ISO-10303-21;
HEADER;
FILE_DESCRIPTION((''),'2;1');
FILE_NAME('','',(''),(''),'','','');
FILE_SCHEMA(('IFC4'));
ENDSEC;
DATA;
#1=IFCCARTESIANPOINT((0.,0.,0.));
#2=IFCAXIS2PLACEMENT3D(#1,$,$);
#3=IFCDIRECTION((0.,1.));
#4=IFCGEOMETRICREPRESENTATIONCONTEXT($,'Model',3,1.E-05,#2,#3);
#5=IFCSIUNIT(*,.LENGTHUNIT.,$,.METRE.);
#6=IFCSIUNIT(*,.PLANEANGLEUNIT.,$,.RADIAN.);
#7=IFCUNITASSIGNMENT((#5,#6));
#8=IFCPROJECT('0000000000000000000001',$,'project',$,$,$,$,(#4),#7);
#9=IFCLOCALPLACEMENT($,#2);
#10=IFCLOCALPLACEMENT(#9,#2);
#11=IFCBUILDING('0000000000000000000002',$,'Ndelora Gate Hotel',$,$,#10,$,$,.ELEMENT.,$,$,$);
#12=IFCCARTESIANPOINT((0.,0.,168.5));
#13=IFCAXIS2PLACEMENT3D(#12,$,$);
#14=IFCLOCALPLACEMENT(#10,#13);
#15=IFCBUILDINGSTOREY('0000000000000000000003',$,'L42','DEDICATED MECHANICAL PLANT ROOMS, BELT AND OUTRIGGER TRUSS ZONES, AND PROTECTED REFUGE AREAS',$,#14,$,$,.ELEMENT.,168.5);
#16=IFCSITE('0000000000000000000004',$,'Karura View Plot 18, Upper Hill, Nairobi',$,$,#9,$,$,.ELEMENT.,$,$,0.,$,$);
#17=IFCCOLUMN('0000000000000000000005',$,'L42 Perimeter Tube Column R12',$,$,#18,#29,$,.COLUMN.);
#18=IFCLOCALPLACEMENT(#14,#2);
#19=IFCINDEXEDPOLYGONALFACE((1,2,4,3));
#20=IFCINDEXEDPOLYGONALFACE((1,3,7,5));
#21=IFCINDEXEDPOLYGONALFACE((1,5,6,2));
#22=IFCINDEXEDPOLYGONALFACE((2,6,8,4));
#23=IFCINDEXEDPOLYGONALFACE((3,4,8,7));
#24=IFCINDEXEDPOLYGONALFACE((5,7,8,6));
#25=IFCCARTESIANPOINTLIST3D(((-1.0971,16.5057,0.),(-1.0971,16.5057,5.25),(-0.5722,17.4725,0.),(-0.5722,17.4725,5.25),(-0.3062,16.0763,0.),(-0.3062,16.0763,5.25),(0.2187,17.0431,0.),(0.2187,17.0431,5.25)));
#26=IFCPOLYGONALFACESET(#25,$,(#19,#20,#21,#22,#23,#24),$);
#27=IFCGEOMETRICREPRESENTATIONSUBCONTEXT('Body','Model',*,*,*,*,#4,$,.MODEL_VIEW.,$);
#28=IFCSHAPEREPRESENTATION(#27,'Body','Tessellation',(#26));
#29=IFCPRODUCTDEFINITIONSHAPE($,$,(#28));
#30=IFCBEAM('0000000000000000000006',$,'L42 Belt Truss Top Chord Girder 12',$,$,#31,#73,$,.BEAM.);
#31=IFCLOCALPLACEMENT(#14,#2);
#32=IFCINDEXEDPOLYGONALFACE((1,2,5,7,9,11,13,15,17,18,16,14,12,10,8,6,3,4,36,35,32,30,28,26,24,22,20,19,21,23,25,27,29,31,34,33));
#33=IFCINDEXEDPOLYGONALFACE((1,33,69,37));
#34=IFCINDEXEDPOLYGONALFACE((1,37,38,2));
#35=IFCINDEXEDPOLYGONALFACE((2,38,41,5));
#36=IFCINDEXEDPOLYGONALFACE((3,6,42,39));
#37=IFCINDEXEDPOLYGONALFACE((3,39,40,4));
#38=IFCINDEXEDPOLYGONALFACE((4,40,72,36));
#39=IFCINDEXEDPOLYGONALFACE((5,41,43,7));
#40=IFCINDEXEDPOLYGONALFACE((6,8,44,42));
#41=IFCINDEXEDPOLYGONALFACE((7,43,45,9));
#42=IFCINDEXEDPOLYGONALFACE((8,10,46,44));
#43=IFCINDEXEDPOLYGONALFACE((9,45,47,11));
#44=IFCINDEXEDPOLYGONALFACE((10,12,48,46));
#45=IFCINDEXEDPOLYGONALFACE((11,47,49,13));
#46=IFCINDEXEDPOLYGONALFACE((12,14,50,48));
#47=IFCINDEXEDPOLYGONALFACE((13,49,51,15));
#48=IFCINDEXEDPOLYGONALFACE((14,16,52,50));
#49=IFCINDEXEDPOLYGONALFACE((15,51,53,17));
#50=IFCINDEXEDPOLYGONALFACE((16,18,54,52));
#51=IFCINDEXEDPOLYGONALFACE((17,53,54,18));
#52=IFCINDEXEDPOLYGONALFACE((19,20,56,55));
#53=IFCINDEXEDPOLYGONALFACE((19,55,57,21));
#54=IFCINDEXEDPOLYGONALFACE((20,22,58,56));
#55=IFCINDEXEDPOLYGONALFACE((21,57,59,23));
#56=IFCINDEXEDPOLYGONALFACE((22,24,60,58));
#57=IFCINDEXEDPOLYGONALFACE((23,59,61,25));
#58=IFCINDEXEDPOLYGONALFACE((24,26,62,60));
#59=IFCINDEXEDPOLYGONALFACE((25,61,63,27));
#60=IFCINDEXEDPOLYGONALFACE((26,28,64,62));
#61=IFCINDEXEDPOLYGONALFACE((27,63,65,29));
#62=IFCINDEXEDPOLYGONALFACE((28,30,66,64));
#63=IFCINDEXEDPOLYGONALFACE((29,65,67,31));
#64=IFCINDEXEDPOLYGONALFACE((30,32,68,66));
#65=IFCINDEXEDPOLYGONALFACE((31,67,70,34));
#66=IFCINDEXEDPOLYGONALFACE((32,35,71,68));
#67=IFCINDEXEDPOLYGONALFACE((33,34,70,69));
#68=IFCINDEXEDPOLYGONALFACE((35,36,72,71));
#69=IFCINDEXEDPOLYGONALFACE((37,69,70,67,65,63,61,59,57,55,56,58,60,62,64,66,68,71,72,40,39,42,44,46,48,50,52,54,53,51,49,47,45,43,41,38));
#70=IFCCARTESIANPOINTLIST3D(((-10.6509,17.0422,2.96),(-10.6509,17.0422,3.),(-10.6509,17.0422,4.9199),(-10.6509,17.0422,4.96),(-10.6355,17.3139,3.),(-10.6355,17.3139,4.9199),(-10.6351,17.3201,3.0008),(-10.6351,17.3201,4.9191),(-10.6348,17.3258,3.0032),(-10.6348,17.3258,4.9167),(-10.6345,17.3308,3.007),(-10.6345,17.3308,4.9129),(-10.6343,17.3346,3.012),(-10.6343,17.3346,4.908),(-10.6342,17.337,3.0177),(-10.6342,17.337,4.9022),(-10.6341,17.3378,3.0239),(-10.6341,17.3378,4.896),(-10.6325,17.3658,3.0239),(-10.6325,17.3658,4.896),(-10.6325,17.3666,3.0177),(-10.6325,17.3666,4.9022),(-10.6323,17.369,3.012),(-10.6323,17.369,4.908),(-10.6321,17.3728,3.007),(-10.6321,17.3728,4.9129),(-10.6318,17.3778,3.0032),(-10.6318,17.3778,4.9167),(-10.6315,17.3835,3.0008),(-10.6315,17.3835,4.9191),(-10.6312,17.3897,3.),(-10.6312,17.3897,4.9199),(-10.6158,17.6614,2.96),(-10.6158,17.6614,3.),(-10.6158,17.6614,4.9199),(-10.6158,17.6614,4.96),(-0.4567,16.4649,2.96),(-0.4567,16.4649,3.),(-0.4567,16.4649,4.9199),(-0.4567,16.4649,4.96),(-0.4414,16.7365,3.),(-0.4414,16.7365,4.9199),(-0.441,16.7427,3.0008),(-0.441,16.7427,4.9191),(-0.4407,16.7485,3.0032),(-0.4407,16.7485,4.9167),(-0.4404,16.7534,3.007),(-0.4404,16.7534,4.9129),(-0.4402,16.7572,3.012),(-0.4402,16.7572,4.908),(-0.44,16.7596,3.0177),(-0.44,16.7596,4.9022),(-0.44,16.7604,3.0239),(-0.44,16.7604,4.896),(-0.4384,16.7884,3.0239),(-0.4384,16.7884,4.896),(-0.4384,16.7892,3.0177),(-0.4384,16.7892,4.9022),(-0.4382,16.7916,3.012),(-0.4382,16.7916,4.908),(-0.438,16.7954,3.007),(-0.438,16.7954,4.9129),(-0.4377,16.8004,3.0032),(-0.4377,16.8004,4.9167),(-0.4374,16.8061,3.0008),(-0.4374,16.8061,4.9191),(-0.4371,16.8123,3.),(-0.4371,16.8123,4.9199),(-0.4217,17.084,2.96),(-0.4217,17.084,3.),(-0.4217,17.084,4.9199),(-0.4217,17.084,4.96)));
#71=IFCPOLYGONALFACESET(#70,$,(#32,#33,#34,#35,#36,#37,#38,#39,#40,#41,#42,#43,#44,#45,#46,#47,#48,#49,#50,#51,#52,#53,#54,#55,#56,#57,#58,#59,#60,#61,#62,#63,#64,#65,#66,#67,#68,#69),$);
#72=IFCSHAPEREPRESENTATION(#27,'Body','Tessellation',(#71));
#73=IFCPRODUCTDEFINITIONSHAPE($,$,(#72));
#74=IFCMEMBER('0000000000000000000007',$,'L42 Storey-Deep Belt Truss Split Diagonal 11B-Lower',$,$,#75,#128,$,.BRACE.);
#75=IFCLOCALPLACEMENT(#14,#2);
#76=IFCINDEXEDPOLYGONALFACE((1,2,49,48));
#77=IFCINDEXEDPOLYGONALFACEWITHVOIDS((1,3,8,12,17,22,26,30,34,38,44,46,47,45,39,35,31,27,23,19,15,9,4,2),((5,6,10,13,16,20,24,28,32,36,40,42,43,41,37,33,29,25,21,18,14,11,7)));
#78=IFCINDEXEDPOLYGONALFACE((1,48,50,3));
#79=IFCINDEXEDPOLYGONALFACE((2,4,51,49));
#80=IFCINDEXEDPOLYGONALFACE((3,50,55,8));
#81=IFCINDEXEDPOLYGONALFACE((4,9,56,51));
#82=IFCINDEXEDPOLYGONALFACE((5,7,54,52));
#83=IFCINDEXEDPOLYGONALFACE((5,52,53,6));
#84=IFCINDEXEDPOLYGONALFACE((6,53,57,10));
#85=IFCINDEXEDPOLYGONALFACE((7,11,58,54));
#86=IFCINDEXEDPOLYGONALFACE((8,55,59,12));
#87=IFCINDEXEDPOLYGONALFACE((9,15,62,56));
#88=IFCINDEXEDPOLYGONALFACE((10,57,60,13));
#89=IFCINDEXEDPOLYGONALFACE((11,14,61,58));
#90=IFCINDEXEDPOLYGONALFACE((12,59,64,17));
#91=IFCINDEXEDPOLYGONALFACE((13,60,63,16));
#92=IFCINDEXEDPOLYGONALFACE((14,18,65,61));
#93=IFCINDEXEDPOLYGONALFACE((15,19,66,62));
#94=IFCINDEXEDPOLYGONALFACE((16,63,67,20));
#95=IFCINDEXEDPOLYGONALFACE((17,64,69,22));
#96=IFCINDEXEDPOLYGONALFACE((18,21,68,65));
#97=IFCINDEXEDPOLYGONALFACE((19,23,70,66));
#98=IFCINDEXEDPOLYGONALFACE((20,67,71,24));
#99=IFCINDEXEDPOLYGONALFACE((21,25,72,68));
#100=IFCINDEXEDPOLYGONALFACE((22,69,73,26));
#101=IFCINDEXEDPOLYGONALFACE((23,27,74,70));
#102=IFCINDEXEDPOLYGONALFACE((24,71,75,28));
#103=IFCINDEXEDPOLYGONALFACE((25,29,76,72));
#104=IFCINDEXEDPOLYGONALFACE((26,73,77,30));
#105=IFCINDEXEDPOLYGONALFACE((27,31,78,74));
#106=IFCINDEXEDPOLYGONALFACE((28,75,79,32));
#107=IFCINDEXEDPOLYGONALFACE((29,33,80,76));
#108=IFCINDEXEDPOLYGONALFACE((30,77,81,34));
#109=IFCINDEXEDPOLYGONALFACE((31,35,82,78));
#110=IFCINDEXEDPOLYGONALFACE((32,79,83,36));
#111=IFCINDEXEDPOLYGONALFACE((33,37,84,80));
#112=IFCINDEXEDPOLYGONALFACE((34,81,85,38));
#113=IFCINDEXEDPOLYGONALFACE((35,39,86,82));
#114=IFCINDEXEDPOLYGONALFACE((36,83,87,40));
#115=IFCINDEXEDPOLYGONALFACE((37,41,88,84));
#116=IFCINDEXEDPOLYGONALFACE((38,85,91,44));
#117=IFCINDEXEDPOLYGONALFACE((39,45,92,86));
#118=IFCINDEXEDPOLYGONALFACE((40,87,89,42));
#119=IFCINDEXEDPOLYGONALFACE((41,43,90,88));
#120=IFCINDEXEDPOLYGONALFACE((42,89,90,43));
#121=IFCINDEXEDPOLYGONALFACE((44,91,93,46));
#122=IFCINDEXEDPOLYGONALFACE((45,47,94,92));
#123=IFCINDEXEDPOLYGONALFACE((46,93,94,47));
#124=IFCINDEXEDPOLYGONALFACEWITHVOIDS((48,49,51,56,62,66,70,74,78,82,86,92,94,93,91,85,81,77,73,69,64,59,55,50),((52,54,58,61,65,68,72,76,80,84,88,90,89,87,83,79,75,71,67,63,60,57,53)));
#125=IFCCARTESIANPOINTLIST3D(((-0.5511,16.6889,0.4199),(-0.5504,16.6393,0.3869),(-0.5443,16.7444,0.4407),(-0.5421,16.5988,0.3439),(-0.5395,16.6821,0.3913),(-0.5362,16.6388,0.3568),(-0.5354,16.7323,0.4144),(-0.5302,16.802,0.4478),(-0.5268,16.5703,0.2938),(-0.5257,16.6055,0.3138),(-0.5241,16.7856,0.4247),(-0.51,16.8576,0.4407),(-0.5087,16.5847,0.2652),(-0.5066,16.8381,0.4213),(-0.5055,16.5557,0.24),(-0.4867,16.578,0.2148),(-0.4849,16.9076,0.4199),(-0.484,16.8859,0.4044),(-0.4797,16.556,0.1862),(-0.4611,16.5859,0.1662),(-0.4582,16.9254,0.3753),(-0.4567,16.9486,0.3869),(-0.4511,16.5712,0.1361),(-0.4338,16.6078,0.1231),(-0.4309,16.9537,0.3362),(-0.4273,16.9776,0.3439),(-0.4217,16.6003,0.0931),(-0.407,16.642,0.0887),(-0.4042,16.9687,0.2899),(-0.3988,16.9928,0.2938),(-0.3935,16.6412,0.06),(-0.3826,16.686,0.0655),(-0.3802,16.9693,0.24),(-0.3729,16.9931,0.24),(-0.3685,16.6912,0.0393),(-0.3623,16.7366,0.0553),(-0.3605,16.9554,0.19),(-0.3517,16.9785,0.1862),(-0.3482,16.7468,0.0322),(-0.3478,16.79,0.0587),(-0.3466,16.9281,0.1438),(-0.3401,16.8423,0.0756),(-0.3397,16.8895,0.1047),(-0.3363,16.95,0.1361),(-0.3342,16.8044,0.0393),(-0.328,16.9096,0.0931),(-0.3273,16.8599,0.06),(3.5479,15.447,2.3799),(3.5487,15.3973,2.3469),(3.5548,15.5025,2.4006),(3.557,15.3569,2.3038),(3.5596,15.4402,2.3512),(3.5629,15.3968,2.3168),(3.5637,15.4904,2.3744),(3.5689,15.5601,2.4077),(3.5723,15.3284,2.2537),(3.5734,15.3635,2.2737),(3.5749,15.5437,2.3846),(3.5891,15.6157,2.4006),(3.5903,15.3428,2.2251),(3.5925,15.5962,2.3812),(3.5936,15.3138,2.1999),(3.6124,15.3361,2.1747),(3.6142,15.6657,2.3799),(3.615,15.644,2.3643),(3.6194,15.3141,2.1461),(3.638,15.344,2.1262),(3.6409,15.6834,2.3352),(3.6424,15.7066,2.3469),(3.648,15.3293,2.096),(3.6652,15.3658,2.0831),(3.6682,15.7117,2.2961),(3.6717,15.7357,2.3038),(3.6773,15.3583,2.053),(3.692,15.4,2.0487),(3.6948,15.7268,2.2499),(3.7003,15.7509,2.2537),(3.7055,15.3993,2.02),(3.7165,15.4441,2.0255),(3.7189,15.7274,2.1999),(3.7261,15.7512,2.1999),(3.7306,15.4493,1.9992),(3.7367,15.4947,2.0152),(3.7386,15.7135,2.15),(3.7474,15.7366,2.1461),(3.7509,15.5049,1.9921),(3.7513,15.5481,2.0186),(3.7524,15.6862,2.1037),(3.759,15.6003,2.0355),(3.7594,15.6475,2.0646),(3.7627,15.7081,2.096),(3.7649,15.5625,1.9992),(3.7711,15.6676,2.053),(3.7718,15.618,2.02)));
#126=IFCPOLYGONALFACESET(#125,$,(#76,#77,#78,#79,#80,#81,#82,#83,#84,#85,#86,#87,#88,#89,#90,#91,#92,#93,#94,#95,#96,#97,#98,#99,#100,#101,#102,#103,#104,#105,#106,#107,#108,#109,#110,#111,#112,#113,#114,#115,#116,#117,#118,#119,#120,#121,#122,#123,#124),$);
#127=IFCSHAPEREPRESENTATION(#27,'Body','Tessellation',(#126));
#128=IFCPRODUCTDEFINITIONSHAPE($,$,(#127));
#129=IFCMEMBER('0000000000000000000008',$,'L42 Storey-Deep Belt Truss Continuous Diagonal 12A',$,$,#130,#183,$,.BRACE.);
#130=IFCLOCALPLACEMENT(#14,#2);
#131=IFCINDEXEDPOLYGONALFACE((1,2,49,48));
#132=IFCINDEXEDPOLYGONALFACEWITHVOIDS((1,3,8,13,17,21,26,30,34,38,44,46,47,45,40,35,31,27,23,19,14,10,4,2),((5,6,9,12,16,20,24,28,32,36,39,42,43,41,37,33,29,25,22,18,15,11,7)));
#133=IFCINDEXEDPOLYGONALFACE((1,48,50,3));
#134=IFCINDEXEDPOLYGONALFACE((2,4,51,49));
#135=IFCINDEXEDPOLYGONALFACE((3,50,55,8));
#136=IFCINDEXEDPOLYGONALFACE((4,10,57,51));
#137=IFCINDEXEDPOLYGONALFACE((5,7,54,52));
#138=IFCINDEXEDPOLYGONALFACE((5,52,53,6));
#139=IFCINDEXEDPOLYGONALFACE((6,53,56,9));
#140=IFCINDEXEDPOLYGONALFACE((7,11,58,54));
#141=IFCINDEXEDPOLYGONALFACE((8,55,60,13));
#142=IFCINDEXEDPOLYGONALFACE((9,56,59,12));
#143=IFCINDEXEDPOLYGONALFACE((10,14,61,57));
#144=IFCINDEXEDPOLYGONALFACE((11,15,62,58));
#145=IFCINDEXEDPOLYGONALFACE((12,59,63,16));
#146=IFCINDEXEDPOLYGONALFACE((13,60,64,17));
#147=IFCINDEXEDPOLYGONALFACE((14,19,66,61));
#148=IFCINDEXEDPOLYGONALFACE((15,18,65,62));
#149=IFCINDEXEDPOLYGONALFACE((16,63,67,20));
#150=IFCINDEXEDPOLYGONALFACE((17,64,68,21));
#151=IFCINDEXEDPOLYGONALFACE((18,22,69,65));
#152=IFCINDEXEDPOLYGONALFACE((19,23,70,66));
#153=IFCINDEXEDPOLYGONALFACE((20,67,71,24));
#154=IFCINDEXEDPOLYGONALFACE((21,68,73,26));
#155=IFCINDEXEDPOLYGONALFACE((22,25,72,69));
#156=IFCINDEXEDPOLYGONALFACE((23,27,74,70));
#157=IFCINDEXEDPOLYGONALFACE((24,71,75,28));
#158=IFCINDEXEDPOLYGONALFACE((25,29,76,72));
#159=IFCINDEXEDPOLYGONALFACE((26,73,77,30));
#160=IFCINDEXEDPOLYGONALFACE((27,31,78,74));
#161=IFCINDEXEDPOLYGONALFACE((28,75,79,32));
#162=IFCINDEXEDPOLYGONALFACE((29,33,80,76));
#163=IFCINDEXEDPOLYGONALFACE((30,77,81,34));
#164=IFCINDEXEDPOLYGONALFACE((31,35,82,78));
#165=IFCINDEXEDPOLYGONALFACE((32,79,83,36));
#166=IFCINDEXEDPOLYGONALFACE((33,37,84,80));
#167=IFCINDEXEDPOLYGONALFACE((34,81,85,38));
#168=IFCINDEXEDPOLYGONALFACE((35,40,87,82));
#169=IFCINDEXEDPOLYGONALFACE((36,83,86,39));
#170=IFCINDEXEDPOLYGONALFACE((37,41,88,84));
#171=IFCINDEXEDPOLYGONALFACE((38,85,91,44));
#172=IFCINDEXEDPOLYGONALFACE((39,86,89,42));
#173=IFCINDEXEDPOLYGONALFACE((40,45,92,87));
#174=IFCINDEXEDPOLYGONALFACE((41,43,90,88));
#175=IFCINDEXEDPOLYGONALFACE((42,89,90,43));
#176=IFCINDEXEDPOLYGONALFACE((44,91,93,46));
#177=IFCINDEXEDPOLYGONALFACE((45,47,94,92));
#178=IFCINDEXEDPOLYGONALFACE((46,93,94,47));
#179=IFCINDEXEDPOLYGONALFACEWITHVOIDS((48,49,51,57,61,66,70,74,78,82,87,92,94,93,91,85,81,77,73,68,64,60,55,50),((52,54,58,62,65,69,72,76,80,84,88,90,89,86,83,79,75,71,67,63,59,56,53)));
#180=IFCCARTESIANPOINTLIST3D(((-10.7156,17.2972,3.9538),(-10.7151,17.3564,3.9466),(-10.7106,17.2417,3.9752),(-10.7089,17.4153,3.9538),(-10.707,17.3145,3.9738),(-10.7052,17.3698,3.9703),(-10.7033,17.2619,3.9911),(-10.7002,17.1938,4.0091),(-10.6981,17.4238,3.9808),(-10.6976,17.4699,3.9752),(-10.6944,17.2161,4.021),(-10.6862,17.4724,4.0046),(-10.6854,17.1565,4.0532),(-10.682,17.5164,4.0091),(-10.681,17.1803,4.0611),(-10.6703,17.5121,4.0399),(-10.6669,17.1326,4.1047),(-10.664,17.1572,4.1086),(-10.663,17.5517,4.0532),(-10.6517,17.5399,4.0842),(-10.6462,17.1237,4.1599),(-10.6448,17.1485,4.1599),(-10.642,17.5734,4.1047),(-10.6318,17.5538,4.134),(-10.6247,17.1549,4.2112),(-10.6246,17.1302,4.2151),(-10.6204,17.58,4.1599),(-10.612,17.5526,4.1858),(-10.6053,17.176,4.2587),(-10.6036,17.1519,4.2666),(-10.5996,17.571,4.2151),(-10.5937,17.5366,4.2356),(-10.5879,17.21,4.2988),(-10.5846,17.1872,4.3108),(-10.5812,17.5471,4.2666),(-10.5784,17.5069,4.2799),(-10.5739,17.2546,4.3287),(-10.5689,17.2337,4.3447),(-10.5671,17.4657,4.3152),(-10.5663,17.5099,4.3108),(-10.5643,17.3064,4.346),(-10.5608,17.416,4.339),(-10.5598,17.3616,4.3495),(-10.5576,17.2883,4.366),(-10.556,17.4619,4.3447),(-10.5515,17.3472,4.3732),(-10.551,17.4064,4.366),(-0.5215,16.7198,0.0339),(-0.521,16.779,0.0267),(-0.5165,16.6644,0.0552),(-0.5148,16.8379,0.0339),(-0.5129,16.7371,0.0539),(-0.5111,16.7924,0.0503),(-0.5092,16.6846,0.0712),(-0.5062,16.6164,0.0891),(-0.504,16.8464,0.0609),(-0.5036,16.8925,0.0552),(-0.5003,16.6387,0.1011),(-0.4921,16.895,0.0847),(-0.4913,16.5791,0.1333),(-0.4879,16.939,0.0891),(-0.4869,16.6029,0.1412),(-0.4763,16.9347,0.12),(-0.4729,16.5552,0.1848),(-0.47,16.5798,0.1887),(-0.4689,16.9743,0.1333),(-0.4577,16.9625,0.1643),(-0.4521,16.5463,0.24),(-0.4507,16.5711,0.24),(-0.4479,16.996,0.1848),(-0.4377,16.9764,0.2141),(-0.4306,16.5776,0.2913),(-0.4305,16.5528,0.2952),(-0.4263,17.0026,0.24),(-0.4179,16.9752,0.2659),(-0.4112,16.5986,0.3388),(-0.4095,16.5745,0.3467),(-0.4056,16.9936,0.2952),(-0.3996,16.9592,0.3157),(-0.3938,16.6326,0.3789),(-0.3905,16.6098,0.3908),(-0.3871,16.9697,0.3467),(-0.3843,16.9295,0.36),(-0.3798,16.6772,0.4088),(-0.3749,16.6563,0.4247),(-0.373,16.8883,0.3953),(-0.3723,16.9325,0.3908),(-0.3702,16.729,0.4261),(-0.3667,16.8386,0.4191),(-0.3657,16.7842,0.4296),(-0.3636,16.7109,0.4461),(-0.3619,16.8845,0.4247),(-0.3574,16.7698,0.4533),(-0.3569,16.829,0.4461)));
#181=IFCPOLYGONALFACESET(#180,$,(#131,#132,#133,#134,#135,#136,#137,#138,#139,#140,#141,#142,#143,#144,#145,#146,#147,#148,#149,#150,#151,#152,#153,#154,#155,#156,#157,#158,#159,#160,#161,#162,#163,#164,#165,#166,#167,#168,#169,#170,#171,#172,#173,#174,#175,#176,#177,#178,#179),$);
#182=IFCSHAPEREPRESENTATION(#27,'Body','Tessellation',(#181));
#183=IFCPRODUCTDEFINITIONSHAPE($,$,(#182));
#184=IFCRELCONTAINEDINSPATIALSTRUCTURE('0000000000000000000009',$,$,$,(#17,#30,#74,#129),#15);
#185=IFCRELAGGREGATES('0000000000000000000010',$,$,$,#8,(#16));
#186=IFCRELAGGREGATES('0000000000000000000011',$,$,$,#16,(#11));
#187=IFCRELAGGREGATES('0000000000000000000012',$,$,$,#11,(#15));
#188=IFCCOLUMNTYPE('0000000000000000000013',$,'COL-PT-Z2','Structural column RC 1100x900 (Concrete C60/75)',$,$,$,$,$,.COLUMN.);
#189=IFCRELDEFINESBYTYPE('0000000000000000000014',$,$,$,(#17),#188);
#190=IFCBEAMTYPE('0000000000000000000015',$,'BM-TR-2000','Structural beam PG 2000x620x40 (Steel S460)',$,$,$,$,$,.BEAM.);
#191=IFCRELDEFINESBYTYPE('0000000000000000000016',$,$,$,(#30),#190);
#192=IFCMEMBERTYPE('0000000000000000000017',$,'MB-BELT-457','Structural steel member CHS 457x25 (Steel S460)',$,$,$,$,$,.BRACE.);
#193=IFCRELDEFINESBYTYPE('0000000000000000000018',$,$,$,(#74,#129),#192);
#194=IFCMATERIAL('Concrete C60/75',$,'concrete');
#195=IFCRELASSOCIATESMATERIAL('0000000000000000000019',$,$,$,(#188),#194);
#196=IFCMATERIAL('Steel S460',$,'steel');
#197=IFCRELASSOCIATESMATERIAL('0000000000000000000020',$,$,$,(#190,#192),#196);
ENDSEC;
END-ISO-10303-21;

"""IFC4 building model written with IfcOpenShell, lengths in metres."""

from ifc_helpers import new_model, si_unit, direction, frame, origin, origin_2d, place, context, subcontext, project, spatial, rectangle, hollow_circle, i_section, extrude, material, material_profile, profile_set, type_object, element, save


model = new_model("IFC4")

# Units and contexts
model_context = context("Model", 3, precision=1e-05, world=origin(), true_north=direction((0.0, 1.0)))
body_context = subcontext(model_context, "Body", "Model", "MODEL_VIEW")
ifc_project = project(units=[si_unit("LENGTHUNIT", "METRE"), si_unit("PLANEANGLEUNIT", "RADIAN")], contexts=[model_context])

# Site, building, storey
site_placement = place(None, origin())
site = spatial("IfcSite", under=ifc_project, at=site_placement, Name="Karura View Plot 18, Upper Hill, Nairobi", CompositionType="ELEMENT", RefElevation=0.0)
building_placement = place(site_placement, origin())
building = spatial("IfcBuilding", under=site, at=building_placement, Name="Ndelora Gate Hotel", CompositionType="ELEMENT")
storey_placement = place(building_placement, frame((0.0, 0.0, 168.5)))
storey = spatial("IfcBuildingStorey", under=building, at=storey_placement, Name="L42", Description="DEDICATED MECHANICAL PLANT ROOMS, BELT AND OUTRIGGER TRUSS ZONES, AND PROTECTED REFUGE AREAS", CompositionType="ELEMENT", Elevation=168.5)

# Column
ifc_material_1 = material(Name="Concrete C60/75", Category="concrete")
ifc_material_profile_1 = material_profile(ifc_material_1, rectangle(XDim=0.8999, YDim=1.1001, at=origin_2d()), Name="RC 1100x900")
ifc_profile_set_1 = profile_set([ifc_material_profile_1], Name="Concrete C60/75")
column_type = type_object("IfcColumnType", Name="COL-PT-Z2", Description="Structural column RC 1100x900 (Concrete C60/75)", PredefinedType="COLUMN", material=ifc_profile_set_1)
column_placement = place(storey_placement, frame((-0.4392, 16.7744, 0.0), z_axis=(0.0, 0.0, 1.0), x_axis=(-0.878817, 0.477159, 0.0)))
element("IfcColumn", 1, at=column_placement, inside=storey, type_object=column_type, Name="L42 Perimeter Tube Column R12", PredefinedType="COLUMN", context=body_context, shape_type="SweptSolid", body=[
    extrude(rectangle(XDim=0.8999, YDim=1.1001, at=origin_2d()), origin(), (0.0, 0.0, 1.0), 5.25),
])

# Beam
ifc_material_2 = material(Name="Steel S460", Category="steel")
ifc_material_profile_2 = material_profile(ifc_material_2, i_section(OverallWidth=0.6201, OverallDepth=2.0, WebThickness=0.0281, FlangeThickness=0.04, FilletRadius=0.0239, at=origin_2d()), Name="PG 2000x620x40")
ifc_profile_set_2 = profile_set([ifc_material_profile_2], Name="Steel S460")
beam_type = type_object("IfcBeamType", Name="BM-TR-2000", Description="Structural beam PG 2000x620x40 (Steel S460)", PredefinedType="BEAM", material=ifc_profile_set_2)
beam_placement = place(storey_placement, frame((-0.4392, 16.7744, 3.96), z_axis=(-0.9984, 0.056549, 0.0), x_axis=(-0.056549, -0.9984, 0.0)))
element("IfcBeam", 2, at=beam_placement, inside=storey, type_object=beam_type, Name="L42 Belt Truss Top Chord Girder 12", PredefinedType="BEAM", context=body_context, shape_type="SweptSolid", body=[
    extrude(i_section(OverallWidth=0.6201, OverallDepth=2.0, WebThickness=0.0281, FlangeThickness=0.04, FilletRadius=0.0239, at=origin_2d()), origin(), (0.0, 0.0, 1.0), 10.2104),
])

# Members
ifc_material_profile_3 = material_profile(ifc_material_2, hollow_circle(Radius=0.2285, WallThickness=0.0249, at=origin_2d()), Name="CHS 457x25")
ifc_profile_set_3 = profile_set([ifc_material_profile_3], Name="Steel S460")
member_type_1 = type_object("IfcMemberType", Name="MB-BELT-457", Description="Structural steel member CHS 457x25 (Steel S460)", PredefinedType="BRACE", material=ifc_profile_set_3)
member_1_placement = place(storey_placement, frame((-0.4392, 16.7744, 0.24), z_axis=(0.870251, -0.263667, 0.416104), x_axis=(0.289962, 0.957038, 0.0)))
element("IfcMember", 3, at=member_1_placement, inside=storey, type_object=member_type_1, Name="L42 Storey-Deep Belt Truss Split Diagonal 11B-Lower", PredefinedType="BRACE", context=body_context, shape_type="SweptSolid", body=[
    extrude(hollow_circle(Radius=0.2285, WallThickness=0.0249, at=origin_2d()), origin(), (0.0, 0.0, 1.0), 4.7102),
])
member_2_placement = place(storey_placement, frame((-0.4392, 16.7744, 0.24), z_axis=(-0.932071, 0.052792, 0.358408), x_axis=(-0.056549, -0.9984, 0.0)))
element("IfcMember", 4, at=member_2_placement, inside=storey, type_object=member_type_1, Name="L42 Storey-Deep Belt Truss Continuous Diagonal 12A", PredefinedType="BRACE", context=body_context, shape_type="SweptSolid", body=[
    extrude(hollow_circle(Radius=0.2285, WallThickness=0.0249, at=origin_2d()), origin(), (0.0, 0.0, 1.0), 10.937),
])

save(model, "model.ifc")
